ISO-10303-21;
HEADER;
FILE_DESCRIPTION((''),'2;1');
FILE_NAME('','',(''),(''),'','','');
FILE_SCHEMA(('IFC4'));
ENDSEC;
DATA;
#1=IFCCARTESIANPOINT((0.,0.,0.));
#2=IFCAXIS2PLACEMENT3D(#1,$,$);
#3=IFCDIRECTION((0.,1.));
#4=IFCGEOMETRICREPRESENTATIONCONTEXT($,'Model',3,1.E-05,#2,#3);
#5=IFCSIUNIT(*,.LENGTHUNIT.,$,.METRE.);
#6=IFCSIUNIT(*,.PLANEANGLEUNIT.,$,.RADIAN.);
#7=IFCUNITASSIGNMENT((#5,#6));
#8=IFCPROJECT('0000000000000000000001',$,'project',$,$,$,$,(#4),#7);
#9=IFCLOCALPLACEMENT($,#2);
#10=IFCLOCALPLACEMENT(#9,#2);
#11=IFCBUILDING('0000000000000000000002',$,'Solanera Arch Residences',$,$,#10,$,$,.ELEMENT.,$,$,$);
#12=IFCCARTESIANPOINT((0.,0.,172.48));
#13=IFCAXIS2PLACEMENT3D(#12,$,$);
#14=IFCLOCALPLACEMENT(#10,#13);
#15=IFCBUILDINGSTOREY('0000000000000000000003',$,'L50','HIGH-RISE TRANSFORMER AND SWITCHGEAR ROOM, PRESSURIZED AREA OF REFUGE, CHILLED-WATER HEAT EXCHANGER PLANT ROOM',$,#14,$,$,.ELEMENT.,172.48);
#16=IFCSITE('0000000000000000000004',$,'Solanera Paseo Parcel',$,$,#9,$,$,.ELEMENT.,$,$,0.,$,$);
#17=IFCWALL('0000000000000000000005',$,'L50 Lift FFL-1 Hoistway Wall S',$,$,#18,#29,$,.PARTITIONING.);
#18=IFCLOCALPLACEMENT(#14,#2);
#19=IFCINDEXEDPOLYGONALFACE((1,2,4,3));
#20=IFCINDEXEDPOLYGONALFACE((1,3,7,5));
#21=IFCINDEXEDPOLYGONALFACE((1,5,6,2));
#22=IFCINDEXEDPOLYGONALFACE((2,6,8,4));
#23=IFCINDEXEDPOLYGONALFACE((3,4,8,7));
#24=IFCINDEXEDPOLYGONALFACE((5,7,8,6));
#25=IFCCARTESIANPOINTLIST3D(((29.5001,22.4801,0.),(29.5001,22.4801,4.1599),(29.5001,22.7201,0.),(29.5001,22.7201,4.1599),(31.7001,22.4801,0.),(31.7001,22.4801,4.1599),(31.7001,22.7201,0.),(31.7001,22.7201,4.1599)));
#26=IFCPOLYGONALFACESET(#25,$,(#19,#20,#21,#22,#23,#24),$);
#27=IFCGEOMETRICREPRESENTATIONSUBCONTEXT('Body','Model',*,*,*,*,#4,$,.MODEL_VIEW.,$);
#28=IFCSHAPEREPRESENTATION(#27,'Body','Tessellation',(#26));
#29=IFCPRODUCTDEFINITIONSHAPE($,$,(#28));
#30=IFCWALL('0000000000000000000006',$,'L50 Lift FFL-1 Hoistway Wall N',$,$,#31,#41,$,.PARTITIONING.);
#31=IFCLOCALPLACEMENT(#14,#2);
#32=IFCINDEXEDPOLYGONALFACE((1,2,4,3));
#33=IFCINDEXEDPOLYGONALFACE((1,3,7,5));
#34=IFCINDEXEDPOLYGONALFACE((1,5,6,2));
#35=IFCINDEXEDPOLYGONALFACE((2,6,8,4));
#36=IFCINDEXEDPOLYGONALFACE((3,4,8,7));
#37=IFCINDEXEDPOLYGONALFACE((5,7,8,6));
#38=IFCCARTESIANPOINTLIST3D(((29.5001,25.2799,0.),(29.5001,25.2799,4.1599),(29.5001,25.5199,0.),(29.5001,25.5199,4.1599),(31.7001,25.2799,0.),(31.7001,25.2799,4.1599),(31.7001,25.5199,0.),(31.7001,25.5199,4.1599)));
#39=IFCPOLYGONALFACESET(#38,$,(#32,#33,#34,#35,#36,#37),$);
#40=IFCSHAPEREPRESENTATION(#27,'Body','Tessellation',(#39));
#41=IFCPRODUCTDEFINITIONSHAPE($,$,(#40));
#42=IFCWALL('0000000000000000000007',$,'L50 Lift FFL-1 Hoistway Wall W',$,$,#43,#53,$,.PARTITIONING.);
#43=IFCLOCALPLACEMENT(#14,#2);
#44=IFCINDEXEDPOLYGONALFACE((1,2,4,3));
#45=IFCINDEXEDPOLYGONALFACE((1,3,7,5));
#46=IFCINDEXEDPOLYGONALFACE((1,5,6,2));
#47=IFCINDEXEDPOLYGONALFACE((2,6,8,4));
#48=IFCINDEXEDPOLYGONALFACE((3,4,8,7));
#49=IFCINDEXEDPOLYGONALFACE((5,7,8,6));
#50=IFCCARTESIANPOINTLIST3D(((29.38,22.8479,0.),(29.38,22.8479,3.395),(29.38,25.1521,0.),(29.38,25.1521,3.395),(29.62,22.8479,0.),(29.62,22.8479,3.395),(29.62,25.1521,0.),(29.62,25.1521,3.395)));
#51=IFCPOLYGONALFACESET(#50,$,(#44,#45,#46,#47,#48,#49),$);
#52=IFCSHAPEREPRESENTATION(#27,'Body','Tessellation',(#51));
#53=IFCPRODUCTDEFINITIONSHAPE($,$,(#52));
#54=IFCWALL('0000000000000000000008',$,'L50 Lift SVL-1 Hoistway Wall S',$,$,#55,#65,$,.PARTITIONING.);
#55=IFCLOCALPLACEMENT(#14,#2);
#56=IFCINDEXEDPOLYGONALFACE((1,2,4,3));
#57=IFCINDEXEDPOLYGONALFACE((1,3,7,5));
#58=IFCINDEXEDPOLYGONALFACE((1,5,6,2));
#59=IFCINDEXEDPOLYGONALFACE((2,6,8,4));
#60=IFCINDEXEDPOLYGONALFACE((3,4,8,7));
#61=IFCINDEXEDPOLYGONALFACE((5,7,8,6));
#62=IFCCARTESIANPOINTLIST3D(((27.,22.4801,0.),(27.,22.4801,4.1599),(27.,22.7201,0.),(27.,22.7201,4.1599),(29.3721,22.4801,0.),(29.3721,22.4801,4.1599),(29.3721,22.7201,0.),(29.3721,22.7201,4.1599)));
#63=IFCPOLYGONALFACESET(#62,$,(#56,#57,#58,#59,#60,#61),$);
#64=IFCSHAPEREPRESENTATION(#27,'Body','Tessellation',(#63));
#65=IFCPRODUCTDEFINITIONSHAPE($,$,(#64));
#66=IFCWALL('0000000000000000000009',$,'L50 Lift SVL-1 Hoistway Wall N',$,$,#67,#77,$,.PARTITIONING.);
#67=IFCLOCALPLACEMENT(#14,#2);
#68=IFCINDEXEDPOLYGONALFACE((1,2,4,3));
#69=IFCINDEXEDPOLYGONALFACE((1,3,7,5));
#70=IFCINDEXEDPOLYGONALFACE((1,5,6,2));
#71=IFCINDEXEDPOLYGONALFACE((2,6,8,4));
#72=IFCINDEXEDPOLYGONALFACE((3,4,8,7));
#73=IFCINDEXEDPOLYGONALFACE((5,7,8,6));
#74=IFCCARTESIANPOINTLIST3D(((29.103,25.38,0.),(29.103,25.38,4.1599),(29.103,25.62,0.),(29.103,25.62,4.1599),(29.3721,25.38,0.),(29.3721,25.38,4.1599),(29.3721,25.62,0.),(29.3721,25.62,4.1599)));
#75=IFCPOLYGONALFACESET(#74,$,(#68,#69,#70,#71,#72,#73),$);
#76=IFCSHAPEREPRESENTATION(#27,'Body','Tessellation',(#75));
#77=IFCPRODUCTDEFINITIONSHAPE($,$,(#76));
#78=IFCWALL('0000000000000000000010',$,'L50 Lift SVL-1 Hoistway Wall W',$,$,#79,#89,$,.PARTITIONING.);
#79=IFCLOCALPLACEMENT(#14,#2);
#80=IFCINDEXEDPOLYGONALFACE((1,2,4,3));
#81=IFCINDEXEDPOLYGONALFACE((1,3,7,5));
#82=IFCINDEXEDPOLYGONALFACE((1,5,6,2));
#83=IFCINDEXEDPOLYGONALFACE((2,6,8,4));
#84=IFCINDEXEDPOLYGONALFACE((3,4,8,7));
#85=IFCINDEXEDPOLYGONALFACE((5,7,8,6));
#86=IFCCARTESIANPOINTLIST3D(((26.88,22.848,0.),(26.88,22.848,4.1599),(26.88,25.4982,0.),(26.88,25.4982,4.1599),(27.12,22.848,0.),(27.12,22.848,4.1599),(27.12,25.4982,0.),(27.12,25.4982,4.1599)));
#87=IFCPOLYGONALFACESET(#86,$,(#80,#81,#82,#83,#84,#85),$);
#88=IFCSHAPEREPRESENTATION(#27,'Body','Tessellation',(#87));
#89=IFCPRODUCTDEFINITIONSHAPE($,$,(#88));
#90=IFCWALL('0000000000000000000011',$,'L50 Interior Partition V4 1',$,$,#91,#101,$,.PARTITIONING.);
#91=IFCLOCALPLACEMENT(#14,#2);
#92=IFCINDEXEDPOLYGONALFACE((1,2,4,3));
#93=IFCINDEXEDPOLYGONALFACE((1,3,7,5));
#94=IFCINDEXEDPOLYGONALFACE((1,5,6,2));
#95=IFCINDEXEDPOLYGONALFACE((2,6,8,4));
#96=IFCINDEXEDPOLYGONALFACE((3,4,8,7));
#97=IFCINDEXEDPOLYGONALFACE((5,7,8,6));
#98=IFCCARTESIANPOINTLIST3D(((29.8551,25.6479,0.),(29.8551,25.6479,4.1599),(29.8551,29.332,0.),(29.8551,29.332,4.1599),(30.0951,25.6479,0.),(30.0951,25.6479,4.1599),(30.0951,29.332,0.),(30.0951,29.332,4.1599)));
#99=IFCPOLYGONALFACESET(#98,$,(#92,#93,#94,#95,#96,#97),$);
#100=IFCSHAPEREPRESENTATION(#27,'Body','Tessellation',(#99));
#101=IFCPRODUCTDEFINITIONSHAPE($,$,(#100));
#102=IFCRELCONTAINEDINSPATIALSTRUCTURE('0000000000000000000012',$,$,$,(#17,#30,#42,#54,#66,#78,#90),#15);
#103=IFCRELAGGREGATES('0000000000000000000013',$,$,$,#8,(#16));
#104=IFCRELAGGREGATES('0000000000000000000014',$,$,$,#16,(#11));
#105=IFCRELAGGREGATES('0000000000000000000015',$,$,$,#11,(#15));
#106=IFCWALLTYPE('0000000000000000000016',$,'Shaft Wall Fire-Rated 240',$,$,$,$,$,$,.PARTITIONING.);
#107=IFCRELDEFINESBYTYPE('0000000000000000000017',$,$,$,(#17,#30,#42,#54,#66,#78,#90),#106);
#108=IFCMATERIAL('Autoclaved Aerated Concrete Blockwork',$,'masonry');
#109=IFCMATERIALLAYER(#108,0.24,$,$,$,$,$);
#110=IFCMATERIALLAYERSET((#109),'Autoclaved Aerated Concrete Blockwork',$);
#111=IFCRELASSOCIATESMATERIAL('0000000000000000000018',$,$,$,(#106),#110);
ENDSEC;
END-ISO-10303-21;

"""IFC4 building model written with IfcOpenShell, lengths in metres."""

from ifc_helpers import new_model, si_unit, direction, frame, frame_2d, origin, place, context, subcontext, project, spatial, rectangle, extrude, material, layer, layer_set, type_object, element, save


model = new_model("IFC4")

# Units and contexts
model_context = context("Model", 3, precision=1e-05, world=origin(), true_north=direction((0.0, 1.0)))
body_context = subcontext(model_context, "Body", "Model", "MODEL_VIEW")
ifc_project = project(units=[si_unit("LENGTHUNIT", "METRE"), si_unit("PLANEANGLEUNIT", "RADIAN")], contexts=[model_context])

# Site, building, storey
site_placement = place(None, origin())
site = spatial("IfcSite", under=ifc_project, at=site_placement, Name="Solanera Paseo Parcel", CompositionType="ELEMENT", RefElevation=0.0)
building_placement = place(site_placement, origin())
building = spatial("IfcBuilding", under=site, at=building_placement, Name="Solanera Arch Residences", CompositionType="ELEMENT")
storey_placement = place(building_placement, frame((0.0, 0.0, 172.48)))
storey = spatial("IfcBuildingStorey", under=building, at=storey_placement, Name="L50", Description="HIGH-RISE TRANSFORMER AND SWITCHGEAR ROOM, PRESSURIZED AREA OF REFUGE, CHILLED-WATER HEAT EXCHANGER PLANT ROOM", CompositionType="ELEMENT", Elevation=172.48)

# Walls
ifc_material_1 = material(Name="Autoclaved Aerated Concrete Blockwork", Category="masonry")
ifc_layer_1 = layer(ifc_material_1, 0.24)
ifc_layer_set_1 = layer_set([ifc_layer_1], Name="Autoclaved Aerated Concrete Blockwork")
wall_type_1 = type_object("IfcWallType", Name="Shaft Wall Fire-Rated 240", PredefinedType="PARTITIONING", material=ifc_layer_set_1)
for number, where, z_axis, x_axis, name in (
    (1, (29.5, 22.6001, 0.0), (0.0, 0.0, 1.0), (1.0, 0.0, 0.0), "L50 Lift FFL-1 Hoistway Wall S"),
    (2, (29.5, 25.3999, 0.0), (0.0, 0.0, 1.0), (1.0, 0.0, 0.0), "L50 Lift FFL-1 Hoistway Wall N"),
):
    element("IfcWall", number, at=place(storey_placement, frame(where, z_axis=z_axis, x_axis=x_axis)), inside=storey, type_object=wall_type_1, Name=name, PredefinedType="PARTITIONING", context=body_context, shape_type="SweptSolid", body=[
        extrude(rectangle(XDim=2.2, YDim=0.24, at=frame_2d((1.1001, 0.0))), origin(), (0.0, 0.0, 1.0), 4.1599),
    ])
wall_1_placement = place(storey_placement, frame((29.5, 22.8479, 0.0), z_axis=(0.0, 0.0, 1.0), x_axis=(0.0, 1.0, 0.0)))
element("IfcWall", 3, at=wall_1_placement, inside=storey, type_object=wall_type_1, Name="L50 Lift FFL-1 Hoistway Wall W", PredefinedType="PARTITIONING", context=body_context, shape_type="SweptSolid", body=[
    extrude(rectangle(XDim=2.3042, YDim=0.24, at=frame_2d((1.1521, 0.0))), origin(), (0.0, 0.0, 1.0), 3.395),
])
wall_2_placement = place(storey_placement, frame((27.0, 22.6001, 0.0), z_axis=(0.0, 0.0, 1.0), x_axis=(1.0, 0.0, 0.0)))
element("IfcWall", 4, at=wall_2_placement, inside=storey, type_object=wall_type_1, Name="L50 Lift SVL-1 Hoistway Wall S", PredefinedType="PARTITIONING", context=body_context, shape_type="SweptSolid", body=[
    extrude(rectangle(XDim=2.3721, YDim=0.24, at=frame_2d((1.186, 0.0))), origin(), (0.0, 0.0, 1.0), 4.1599),
])
wall_3_placement = place(storey_placement, frame((29.103, 25.5, 0.0), z_axis=(0.0, 0.0, 1.0), x_axis=(1.0, 0.0, 0.0)))
element("IfcWall", 5, at=wall_3_placement, inside=storey, type_object=wall_type_1, Name="L50 Lift SVL-1 Hoistway Wall N", PredefinedType="PARTITIONING", context=body_context, shape_type="SweptSolid", body=[
    extrude(rectangle(XDim=0.269, YDim=0.24, at=frame_2d((0.1345, 0.0))), origin(), (0.0, 0.0, 1.0), 4.1599),
])
wall_4_placement = place(storey_placement, frame((27.0, 22.8479, 0.0), z_axis=(0.0, 0.0, 1.0), x_axis=(0.0, 1.0, 0.0)))
element("IfcWall", 6, at=wall_4_placement, inside=storey, type_object=wall_type_1, Name="L50 Lift SVL-1 Hoistway Wall W", PredefinedType="PARTITIONING", context=body_context, shape_type="SweptSolid", body=[
    extrude(rectangle(XDim=2.6501, YDim=0.24, at=frame_2d((1.3252, 0.0))), origin(), (0.0, 0.0, 1.0), 4.1599),
])
wall_5_placement = place(storey_placement, frame((29.9751, 25.6479, 0.0), z_axis=(0.0, 0.0, 1.0), x_axis=(0.0, 1.0, 0.0)))
element("IfcWall", 7, at=wall_5_placement, inside=storey, type_object=wall_type_1, Name="L50 Interior Partition V4 1", PredefinedType="PARTITIONING", context=body_context, shape_type="SweptSolid", body=[
    extrude(rectangle(XDim=3.6841, YDim=0.24, at=frame_2d((1.842, 0.0))), origin(), (0.0, 0.0, 1.0), 4.1599),
])

save(model, "model.ifc")
